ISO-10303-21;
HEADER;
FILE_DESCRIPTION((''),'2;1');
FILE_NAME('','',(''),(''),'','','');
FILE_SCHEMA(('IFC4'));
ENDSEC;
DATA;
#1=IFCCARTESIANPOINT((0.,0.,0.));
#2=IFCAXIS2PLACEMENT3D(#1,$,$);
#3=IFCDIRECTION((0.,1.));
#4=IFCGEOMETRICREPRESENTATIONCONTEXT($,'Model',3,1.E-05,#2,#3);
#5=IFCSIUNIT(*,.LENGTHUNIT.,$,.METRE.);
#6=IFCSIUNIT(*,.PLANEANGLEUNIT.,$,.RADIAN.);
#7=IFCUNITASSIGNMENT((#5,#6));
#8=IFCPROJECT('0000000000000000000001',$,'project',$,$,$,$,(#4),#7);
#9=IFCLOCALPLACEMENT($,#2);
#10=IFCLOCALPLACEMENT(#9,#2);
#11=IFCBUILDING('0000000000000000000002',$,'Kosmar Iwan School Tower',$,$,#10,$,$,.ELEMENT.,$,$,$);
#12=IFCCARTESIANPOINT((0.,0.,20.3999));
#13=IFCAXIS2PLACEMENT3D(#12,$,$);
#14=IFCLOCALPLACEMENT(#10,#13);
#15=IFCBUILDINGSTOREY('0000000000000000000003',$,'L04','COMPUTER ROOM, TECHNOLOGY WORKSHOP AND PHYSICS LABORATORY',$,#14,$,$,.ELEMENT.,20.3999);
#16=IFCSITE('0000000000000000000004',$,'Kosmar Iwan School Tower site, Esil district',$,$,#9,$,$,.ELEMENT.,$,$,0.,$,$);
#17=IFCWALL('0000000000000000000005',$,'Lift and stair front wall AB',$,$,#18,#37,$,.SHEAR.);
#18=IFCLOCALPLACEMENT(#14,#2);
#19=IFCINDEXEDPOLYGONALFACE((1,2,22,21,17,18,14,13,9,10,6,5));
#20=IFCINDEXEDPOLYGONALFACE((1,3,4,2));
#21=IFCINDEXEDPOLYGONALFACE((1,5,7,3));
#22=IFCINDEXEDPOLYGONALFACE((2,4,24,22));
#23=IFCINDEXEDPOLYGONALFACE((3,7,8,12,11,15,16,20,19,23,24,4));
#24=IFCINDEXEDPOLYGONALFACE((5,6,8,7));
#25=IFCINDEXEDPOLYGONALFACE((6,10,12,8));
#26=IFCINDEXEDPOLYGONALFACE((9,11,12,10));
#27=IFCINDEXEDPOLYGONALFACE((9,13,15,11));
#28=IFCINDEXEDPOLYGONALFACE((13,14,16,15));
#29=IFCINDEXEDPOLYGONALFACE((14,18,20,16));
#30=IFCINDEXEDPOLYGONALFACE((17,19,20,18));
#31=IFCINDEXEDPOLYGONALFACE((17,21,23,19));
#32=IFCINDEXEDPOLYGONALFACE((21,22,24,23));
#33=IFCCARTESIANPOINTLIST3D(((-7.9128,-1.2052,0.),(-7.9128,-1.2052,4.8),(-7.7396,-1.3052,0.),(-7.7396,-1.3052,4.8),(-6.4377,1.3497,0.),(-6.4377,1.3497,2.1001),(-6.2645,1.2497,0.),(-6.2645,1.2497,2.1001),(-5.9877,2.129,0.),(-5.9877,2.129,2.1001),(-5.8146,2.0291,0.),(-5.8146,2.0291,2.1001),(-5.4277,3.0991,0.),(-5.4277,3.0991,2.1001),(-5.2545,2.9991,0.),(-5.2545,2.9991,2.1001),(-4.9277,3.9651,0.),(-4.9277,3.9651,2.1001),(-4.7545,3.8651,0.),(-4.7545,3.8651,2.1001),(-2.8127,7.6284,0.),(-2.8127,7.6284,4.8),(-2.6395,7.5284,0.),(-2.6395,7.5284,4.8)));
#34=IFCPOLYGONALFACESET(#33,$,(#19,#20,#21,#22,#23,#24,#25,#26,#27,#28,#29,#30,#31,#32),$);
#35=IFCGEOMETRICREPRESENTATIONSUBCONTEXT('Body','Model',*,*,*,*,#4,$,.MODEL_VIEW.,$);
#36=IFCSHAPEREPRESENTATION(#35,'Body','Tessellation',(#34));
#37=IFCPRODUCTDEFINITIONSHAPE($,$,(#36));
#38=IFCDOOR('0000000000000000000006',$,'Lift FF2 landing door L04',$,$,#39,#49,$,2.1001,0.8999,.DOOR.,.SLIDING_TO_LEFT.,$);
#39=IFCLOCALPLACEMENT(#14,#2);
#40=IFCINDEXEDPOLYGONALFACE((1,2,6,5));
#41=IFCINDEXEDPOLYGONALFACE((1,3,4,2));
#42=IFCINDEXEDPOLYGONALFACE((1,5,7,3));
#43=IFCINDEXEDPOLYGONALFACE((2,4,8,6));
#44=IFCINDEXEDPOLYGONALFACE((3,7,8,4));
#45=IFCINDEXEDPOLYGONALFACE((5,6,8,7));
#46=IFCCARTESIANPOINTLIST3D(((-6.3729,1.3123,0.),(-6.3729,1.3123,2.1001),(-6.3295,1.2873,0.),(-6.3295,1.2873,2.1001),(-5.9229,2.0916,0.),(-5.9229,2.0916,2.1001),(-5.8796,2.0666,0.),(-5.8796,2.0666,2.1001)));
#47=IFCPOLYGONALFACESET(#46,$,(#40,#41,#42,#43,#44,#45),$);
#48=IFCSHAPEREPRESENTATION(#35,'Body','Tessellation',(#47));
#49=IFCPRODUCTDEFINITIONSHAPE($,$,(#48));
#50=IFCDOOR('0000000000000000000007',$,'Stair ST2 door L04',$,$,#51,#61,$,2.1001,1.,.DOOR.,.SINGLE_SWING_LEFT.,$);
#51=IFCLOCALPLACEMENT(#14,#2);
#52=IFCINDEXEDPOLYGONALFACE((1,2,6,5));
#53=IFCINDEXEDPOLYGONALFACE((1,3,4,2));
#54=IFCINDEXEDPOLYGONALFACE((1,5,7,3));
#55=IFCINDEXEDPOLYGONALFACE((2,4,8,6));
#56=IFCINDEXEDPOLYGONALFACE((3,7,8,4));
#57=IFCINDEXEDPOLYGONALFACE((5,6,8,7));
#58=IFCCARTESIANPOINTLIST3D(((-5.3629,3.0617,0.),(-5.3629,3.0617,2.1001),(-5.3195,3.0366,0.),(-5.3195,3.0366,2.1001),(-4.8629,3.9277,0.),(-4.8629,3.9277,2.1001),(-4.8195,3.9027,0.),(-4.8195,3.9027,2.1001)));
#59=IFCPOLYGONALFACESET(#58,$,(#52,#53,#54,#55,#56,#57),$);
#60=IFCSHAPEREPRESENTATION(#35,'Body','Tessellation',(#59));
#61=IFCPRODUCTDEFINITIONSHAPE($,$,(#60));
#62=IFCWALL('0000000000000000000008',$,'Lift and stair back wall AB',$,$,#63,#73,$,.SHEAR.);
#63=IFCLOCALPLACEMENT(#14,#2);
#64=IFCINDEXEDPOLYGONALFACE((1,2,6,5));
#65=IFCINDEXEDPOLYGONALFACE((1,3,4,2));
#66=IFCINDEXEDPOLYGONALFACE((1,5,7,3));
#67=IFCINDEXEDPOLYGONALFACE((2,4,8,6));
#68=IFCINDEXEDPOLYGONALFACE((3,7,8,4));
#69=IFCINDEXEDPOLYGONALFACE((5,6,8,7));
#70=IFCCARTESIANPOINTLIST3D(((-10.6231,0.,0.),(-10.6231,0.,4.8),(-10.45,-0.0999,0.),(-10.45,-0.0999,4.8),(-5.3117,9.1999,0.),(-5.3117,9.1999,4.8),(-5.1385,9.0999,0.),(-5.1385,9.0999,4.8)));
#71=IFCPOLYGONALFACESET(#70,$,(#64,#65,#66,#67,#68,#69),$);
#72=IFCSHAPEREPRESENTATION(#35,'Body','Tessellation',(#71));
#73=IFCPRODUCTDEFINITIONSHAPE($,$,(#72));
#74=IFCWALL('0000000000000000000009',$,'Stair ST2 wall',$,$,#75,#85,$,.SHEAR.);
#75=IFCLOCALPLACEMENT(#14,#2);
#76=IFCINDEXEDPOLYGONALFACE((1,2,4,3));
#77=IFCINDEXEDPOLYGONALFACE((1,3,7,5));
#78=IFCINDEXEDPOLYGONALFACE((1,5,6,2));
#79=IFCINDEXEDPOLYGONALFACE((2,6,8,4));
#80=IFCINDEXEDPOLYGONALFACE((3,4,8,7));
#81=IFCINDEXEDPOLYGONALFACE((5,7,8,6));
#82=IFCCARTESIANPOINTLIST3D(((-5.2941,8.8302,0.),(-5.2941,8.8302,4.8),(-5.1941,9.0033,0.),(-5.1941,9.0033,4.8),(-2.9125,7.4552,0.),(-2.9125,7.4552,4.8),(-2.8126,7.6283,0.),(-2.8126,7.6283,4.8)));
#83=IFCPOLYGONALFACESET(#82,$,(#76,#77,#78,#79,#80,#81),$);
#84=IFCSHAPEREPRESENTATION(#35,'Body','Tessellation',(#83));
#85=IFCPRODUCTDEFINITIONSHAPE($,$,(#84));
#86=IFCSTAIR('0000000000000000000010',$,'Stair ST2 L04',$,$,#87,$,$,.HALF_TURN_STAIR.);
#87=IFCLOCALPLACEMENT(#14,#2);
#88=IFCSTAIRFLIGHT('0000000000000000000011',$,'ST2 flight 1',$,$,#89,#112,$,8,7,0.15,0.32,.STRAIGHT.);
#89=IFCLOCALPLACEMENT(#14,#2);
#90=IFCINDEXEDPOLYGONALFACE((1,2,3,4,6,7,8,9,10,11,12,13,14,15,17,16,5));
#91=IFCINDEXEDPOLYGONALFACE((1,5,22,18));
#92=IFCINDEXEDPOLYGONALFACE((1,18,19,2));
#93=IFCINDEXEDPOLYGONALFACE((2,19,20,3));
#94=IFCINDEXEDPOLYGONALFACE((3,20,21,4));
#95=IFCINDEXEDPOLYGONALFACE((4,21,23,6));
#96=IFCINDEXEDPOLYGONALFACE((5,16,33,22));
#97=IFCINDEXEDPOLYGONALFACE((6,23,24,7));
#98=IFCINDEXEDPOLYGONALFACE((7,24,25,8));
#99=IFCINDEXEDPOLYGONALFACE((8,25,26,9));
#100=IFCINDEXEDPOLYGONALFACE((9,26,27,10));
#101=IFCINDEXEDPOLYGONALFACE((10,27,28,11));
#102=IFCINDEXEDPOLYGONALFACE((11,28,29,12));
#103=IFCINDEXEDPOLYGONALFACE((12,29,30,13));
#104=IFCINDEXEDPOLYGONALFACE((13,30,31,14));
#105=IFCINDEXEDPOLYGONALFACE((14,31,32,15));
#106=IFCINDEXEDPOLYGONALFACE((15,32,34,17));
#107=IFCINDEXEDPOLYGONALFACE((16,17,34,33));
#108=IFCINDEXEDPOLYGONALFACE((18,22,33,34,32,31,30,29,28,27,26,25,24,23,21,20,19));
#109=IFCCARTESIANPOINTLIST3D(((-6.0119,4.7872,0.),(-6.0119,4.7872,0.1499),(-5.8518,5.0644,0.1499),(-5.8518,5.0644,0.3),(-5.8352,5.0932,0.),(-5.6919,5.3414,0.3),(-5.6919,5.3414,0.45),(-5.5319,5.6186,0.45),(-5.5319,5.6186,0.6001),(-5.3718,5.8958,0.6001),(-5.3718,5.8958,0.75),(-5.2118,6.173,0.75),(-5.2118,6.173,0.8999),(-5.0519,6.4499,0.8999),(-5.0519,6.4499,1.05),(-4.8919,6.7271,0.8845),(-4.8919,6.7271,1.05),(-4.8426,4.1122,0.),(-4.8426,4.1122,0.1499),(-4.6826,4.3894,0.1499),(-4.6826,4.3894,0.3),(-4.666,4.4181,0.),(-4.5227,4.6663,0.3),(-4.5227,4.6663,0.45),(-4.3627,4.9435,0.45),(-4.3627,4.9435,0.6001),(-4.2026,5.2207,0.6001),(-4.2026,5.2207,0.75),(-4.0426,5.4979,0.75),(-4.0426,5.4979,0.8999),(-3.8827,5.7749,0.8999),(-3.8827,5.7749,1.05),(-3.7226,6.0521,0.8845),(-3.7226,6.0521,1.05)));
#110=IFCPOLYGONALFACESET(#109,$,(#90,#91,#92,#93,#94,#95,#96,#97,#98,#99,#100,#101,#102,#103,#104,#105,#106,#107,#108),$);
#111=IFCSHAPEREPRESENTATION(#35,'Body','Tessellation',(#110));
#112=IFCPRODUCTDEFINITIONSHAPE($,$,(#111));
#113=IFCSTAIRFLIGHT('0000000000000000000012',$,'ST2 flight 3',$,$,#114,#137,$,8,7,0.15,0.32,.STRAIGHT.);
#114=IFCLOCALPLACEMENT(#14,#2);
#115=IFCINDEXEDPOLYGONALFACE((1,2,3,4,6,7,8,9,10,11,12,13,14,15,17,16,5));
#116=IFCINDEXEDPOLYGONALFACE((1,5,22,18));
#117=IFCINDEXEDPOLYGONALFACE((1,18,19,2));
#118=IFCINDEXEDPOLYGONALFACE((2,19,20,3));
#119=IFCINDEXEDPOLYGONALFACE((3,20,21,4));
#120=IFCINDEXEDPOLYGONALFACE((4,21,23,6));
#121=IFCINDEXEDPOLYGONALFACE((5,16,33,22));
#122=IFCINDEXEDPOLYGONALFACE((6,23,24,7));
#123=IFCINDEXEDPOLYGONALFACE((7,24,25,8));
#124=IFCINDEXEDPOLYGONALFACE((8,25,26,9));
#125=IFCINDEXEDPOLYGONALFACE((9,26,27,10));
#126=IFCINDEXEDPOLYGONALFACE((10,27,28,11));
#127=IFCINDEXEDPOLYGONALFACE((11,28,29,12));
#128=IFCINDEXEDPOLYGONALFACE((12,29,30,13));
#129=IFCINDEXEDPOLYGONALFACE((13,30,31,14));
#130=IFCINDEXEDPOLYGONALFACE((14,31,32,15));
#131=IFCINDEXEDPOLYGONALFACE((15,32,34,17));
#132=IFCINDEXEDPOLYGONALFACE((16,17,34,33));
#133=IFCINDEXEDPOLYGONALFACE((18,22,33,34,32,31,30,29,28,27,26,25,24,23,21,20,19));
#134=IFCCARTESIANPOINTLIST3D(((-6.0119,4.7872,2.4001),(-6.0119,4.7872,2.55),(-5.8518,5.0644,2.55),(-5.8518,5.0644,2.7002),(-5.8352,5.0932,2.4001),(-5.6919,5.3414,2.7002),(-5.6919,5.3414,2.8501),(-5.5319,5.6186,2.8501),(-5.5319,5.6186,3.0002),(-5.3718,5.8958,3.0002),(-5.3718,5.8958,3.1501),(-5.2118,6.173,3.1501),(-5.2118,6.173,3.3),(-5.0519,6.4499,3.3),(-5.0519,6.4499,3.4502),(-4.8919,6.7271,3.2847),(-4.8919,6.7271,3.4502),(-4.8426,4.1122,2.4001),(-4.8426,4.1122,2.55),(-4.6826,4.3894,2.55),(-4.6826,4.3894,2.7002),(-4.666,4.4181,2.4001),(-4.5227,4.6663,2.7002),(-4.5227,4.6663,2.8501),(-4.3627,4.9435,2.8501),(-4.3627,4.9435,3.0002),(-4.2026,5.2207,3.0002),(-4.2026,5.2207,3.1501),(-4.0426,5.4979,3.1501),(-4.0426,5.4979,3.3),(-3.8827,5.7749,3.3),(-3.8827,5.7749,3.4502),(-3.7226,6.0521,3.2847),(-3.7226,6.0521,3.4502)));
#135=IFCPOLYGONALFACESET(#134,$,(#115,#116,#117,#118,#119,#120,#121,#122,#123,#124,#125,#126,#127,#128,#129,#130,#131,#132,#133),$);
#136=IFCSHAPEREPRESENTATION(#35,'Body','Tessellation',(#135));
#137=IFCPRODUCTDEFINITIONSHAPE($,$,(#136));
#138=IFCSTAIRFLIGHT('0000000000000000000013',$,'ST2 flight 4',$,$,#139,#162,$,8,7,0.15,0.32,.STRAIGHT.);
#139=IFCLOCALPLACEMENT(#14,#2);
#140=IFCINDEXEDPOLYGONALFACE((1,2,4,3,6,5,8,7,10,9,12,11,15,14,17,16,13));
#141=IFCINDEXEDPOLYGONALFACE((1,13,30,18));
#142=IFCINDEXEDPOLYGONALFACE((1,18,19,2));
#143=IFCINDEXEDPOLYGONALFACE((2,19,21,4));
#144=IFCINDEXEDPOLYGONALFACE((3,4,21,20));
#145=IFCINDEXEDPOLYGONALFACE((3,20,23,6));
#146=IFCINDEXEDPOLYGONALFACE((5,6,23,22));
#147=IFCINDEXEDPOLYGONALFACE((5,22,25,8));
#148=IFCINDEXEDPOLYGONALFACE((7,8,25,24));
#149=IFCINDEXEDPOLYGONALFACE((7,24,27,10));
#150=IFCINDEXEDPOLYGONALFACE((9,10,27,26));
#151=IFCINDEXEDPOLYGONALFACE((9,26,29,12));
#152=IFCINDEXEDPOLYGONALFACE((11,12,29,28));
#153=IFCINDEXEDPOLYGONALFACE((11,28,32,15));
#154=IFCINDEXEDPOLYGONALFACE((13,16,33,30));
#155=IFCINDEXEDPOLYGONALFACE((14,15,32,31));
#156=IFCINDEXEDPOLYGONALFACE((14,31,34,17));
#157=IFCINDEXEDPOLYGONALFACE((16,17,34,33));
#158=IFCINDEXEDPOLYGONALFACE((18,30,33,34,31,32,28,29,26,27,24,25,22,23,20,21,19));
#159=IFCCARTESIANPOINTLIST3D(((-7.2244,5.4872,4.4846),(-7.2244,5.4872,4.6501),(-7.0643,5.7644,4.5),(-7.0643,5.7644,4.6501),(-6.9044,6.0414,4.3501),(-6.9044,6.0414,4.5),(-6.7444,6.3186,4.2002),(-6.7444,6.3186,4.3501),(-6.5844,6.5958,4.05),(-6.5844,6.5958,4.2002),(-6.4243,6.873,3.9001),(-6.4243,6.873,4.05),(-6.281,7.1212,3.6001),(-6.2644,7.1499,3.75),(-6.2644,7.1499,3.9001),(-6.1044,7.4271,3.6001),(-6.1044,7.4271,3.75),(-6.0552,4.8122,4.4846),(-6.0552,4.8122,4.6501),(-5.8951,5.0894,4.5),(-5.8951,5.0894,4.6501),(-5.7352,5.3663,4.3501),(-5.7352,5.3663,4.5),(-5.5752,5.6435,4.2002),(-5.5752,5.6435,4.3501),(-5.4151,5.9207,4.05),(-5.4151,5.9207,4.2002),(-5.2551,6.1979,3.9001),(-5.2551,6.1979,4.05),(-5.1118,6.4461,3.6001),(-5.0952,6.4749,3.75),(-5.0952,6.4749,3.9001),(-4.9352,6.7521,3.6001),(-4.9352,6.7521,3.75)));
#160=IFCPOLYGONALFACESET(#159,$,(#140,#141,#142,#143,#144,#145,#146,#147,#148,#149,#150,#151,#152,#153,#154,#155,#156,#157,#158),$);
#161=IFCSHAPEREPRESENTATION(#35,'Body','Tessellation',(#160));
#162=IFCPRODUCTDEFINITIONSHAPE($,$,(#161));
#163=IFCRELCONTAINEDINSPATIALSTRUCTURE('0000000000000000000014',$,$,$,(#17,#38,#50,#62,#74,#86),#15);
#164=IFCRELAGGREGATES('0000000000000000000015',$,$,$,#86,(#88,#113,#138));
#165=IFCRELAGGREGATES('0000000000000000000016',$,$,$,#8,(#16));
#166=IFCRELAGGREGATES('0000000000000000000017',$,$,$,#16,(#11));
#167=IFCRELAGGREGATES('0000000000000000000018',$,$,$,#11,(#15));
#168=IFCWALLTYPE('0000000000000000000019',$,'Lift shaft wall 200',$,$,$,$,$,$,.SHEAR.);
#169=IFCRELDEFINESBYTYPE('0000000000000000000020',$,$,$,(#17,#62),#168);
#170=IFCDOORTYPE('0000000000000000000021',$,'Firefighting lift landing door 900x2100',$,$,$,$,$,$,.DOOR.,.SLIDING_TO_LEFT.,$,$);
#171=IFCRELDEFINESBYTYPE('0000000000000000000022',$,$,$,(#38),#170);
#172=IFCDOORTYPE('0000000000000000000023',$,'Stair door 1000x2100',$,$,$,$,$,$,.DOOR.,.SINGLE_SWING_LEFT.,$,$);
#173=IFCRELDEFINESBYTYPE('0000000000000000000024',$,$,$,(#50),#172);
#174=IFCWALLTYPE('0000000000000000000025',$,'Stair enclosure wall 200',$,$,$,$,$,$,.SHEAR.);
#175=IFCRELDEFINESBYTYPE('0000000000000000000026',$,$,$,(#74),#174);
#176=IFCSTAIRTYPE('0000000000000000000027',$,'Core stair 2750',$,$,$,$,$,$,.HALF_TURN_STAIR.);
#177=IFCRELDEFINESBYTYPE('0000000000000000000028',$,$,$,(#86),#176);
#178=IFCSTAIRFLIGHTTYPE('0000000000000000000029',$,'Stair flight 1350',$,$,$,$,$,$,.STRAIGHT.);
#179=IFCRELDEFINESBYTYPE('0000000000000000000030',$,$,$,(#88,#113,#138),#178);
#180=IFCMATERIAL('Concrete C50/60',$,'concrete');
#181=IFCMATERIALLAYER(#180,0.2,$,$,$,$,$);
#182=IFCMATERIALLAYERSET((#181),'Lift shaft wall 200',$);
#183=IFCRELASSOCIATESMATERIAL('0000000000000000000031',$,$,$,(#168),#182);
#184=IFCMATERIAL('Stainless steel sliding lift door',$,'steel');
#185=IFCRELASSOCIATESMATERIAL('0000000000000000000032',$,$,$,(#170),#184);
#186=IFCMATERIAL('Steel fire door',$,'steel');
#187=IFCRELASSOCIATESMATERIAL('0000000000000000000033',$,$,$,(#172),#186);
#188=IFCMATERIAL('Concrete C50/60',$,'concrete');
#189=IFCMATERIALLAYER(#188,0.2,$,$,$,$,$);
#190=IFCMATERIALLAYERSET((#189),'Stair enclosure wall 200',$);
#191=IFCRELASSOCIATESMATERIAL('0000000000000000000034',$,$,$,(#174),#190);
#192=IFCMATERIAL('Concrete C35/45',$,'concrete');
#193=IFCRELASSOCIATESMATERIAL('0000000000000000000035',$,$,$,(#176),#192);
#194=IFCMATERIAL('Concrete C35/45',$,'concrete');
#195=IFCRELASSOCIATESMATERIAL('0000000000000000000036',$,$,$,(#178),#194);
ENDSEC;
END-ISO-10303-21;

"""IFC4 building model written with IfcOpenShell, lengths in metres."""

from ifc_helpers import new_model, si_unit, direction, frame, frame_2d, origin, place, context, subcontext, project, spatial, polyline, rectangle, outline, extrude, material, layer, layer_set, type_object, element, fill, aggregate, save


model = new_model("IFC4")

# Units and contexts
model_context = context("Model", 3, precision=1e-05, world=origin(), true_north=direction((0.0, 1.0)))
body_context = subcontext(model_context, "Body", "Model", "MODEL_VIEW")
ifc_project = project(units=[si_unit("LENGTHUNIT", "METRE"), si_unit("PLANEANGLEUNIT", "RADIAN")], contexts=[model_context])

# Site, building, storey
site_placement = place(None, origin())
site = spatial("IfcSite", under=ifc_project, at=site_placement, Name="Kosmar Iwan School Tower site, Esil district", CompositionType="ELEMENT", RefElevation=0.0)
building_placement = place(site_placement, origin())
building = spatial("IfcBuilding", under=site, at=building_placement, Name="Kosmar Iwan School Tower", CompositionType="ELEMENT")
storey_placement = place(building_placement, frame((0.0, 0.0, 20.3999)))
storey = spatial("IfcBuildingStorey", under=building, at=storey_placement, Name="L04", Description="COMPUTER ROOM, TECHNOLOGY WORKSHOP AND PHYSICS LABORATORY", CompositionType="ELEMENT", Elevation=20.3999)

# Wall, openings, doors
ifc_material_1 = material(Name="Concrete C50/60", Category="concrete")
ifc_layer_1 = layer(ifc_material_1, 0.2)
ifc_layer_set_1 = layer_set([ifc_layer_1], Name="Lift shaft wall 200")
wall_type_1 = type_object("IfcWallType", Name="Lift shaft wall 200", PredefinedType="SHEAR", material=ifc_layer_set_1)
wall_1_placement = place(storey_placement, frame((-2.7261, 7.5784, 0.0), z_axis=(0.0, 0.0, 1.0), x_axis=(-0.500006, -0.866022, 0.0)))
wall_1 = element("IfcWall", 1, at=wall_1_placement, inside=storey, type_object=wall_type_1, Name="Lift and stair front wall AB", PredefinedType="SHEAR", context=body_context, shape_type="SweptSolid", body=[
    extrude(rectangle(XDim=10.2002, YDim=0.2, at=frame_2d((5.1001, 0.0))), origin(), (0.0, 0.0, 1.0), 4.8),
])
opening_1_placement = place(wall_1_placement, frame((6.3501, 0.0, 0.0)))
opening_1 = element("IfcOpeningElement", 2, at=opening_1_placement, cuts=wall_1, PredefinedType="OPENING", context=body_context, shape_type="SweptSolid", body=[
    extrude(rectangle(XDim=0.8999, YDim=2.1001, at=frame_2d((0.45, 1.05))), frame((0.0, 0.1121, 0.0), z_axis=(0.0, -1.0, 0.0), x_axis=(1.0, 0.0, 0.0)), (0.0, 0.0, 1.0), 0.2239),
])
opening_2_placement = place(wall_1_placement, frame((4.23, 0.0, 0.0)))
opening_2 = element("IfcOpeningElement", 3, at=opening_2_placement, cuts=wall_1, PredefinedType="OPENING", context=body_context, shape_type="SweptSolid", body=[
    extrude(rectangle(XDim=1.0, YDim=2.1001, at=frame_2d((0.5, 1.05))), frame((0.0, 0.1121, 0.0), z_axis=(0.0, -1.0, 0.0), x_axis=(1.0, 0.0, 0.0)), (0.0, 0.0, 1.0), 0.2239),
])
ifc_material_2 = material(Name="Stainless steel sliding lift door", Category="steel")
door_type_1 = type_object("IfcDoorType", Name="Firefighting lift landing door 900x2100", OperationType="SLIDING_TO_LEFT", PredefinedType="DOOR", material=ifc_material_2)
door_1_placement = place(opening_1_placement, origin())
door_1 = element("IfcDoor", 4, at=door_1_placement, inside=storey, type_object=door_type_1, Name="Lift FF2 landing door L04", OperationType="SLIDING_TO_LEFT", OverallHeight=2.1001, OverallWidth=0.8999, PredefinedType="DOOR", context=body_context, shape_type="SweptSolid", body=[
    extrude(rectangle(XDim=0.8999, YDim=2.1001, at=frame_2d((0.45, 1.05))), frame((0.0, 0.0249, 0.0), z_axis=(0.0, -1.0, 0.0), x_axis=(1.0, 0.0, 0.0)), (0.0, 0.0, 1.0), 0.05),
])
fill(opening_1, door_1)
ifc_material_3 = material(Name="Steel fire door", Category="steel")
door_type_2 = type_object("IfcDoorType", Name="Stair door 1000x2100", OperationType="SINGLE_SWING_LEFT", PredefinedType="DOOR", material=ifc_material_3)
door_2_placement = place(opening_2_placement, origin())
door_2 = element("IfcDoor", 5, at=door_2_placement, inside=storey, type_object=door_type_2, Name="Stair ST2 door L04", OperationType="SINGLE_SWING_LEFT", OverallHeight=2.1001, OverallWidth=1.0, PredefinedType="DOOR", context=body_context, shape_type="SweptSolid", body=[
    extrude(rectangle(XDim=1.0, YDim=2.1001, at=frame_2d((0.5, 1.05))), frame((0.0, 0.0249, 0.0), z_axis=(0.0, -1.0, 0.0), x_axis=(1.0, 0.0, 0.0)), (0.0, 0.0, 1.0), 0.05),
])
fill(opening_2, door_2)

# Walls
wall_2_placement = place(storey_placement, frame((-5.2251, 9.1499, 0.0), z_axis=(0.0, 0.0, 1.0), x_axis=(-0.499995, -0.866028, 0.0)))
element("IfcWall", 6, at=wall_2_placement, inside=storey, type_object=wall_type_1, Name="Lift and stair back wall AB", PredefinedType="SHEAR", context=body_context, shape_type="SweptSolid", body=[
    extrude(rectangle(XDim=10.623, YDim=0.2, at=frame_2d((5.3115, 0.0))), origin(), (0.0, 0.0, 1.0), 4.8),
])
ifc_material_4 = material(Name="Concrete C50/60", Category="concrete")
ifc_layer_2 = layer(ifc_material_4, 0.2)
ifc_layer_set_2 = layer_set([ifc_layer_2], Name="Stair enclosure wall 200")
wall_type_2 = type_object("IfcWallType", Name="Stair enclosure wall 200", PredefinedType="SHEAR", material=ifc_layer_set_2)
wall_3_placement = place(storey_placement, frame((-2.8625, 7.5417, 0.0), z_axis=(0.0, 0.0, 1.0), x_axis=(-0.866027, 0.499997, 0.0)))
element("IfcWall", 7, at=wall_3_placement, inside=storey, type_object=wall_type_2, Name="Stair ST2 wall", PredefinedType="SHEAR", context=body_context, shape_type="SweptSolid", body=[
    extrude(rectangle(XDim=2.75, YDim=0.2, at=frame_2d((1.375, 0.0))), origin(), (0.0, 0.0, 1.0), 4.8),
])

# Stair, stair flights
ifc_material_5 = material(Name="Concrete C35/45", Category="concrete")
stair_type = type_object("IfcStairType", Name="Core stair 2750", PredefinedType="HALF_TURN_STAIR", material=ifc_material_5)
stair_placement = place(storey_placement, origin())
stair = element("IfcStair", 8, at=stair_placement, inside=storey, type_object=stair_type, Name="Stair ST2 L04", PredefinedType="HALF_TURN_STAIR")
ifc_material_6 = material(Name="Concrete C35/45", Category="concrete")
stair_flight_type = type_object("IfcStairFlightType", Name="Stair flight 1350", PredefinedType="STRAIGHT", material=ifc_material_6)
stair_flight_1_placement = place(storey_placement, frame((-5.4272, 4.4497, 0.0), z_axis=(0.0, 0.0, 1.0), x_axis=(0.5, 0.866025, 0.0)))
stair_flight_1 = element("IfcStairFlight", 9, at=stair_flight_1_placement, type_object=stair_flight_type, Name="ST2 flight 1", NumberOfRisers=8, NumberOfTreads=7, PredefinedType="STRAIGHT", RiserHeight=0.15, TreadLength=0.32, context=body_context, shape_type="SweptSolid", body=[
    extrude(outline(polyline([(0.0, 0.0), (0.0, 0.1499), (0.3201, 0.1499), (0.3201, 0.3), (0.6399, 0.3), (0.6399, 0.45), (0.96, 0.45), (0.96, 0.6001), (1.28, 0.6001), (1.28, 0.75), (1.6001, 0.75), (1.6001, 0.8999), (1.9199, 0.8999), (1.9199, 1.05), (2.24, 1.05), (2.24, 1.2), (2.24, 0.8845), (0.3533, 0.0), (0.0, 0.0)])), frame((0.0, 0.675, 0.0), z_axis=(0.0, -1.0, 0.0), x_axis=(1.0, 0.0, 0.0)), (0.0, 0.0, 1.0), 1.3501),
])
stair_flight_2_placement = place(storey_placement, frame((-5.4272, 4.4497, 2.4001), z_axis=(0.0, 0.0, 1.0), x_axis=(0.5, 0.866025, 0.0)))
stair_flight_2 = element("IfcStairFlight", 10, at=stair_flight_2_placement, type_object=stair_flight_type, Name="ST2 flight 3", NumberOfRisers=8, NumberOfTreads=7, PredefinedType="STRAIGHT", RiserHeight=0.15, TreadLength=0.32, context=body_context, shape_type="SweptSolid", body=[
    extrude(outline(polyline([(0.0, 0.0), (0.0, 0.1499), (0.3201, 0.1499), (0.3201, 0.3), (0.6399, 0.3), (0.6399, 0.45), (0.96, 0.45), (0.96, 0.6001), (1.28, 0.6001), (1.28, 0.75), (1.6001, 0.75), (1.6001, 0.8999), (1.9199, 0.8999), (1.9199, 1.05), (2.24, 1.05), (2.24, 1.2), (2.24, 0.8845), (0.3533, 0.0), (0.0, 0.0)])), frame((0.0, 0.675, 0.0), z_axis=(0.0, -1.0, 0.0), x_axis=(1.0, 0.0, 0.0)), (0.0, 0.0, 1.0), 1.3501),
])
stair_flight_3_placement = place(storey_placement, frame((-5.5198, 7.0896, 3.6001), z_axis=(0.0, 0.0, 1.0), x_axis=(-0.5, -0.866025, 0.0)))
stair_flight_3 = element("IfcStairFlight", 11, at=stair_flight_3_placement, type_object=stair_flight_type, Name="ST2 flight 4", NumberOfRisers=8, NumberOfTreads=7, PredefinedType="STRAIGHT", RiserHeight=0.15, TreadLength=0.32, context=body_context, shape_type="SweptSolid", body=[
    extrude(outline(polyline([(0.0, 0.0), (0.0, 0.1499), (0.3201, 0.1499), (0.3201, 0.3), (0.6399, 0.3), (0.6399, 0.45), (0.96, 0.45), (0.96, 0.6001), (1.28, 0.6001), (1.28, 0.75), (1.6001, 0.75), (1.6001, 0.8999), (1.9199, 0.8999), (1.9199, 1.05), (2.24, 1.05), (2.24, 1.2), (2.24, 0.8845), (0.3533, 0.0), (0.0, 0.0)])), frame((0.0, 0.675, 0.0), z_axis=(0.0, -1.0, 0.0), x_axis=(1.0, 0.0, 0.0)), (0.0, 0.0, 1.0), 1.3501),
])
aggregate(stair, [stair_flight_1, stair_flight_2, stair_flight_3])

save(model, "model.ifc")
